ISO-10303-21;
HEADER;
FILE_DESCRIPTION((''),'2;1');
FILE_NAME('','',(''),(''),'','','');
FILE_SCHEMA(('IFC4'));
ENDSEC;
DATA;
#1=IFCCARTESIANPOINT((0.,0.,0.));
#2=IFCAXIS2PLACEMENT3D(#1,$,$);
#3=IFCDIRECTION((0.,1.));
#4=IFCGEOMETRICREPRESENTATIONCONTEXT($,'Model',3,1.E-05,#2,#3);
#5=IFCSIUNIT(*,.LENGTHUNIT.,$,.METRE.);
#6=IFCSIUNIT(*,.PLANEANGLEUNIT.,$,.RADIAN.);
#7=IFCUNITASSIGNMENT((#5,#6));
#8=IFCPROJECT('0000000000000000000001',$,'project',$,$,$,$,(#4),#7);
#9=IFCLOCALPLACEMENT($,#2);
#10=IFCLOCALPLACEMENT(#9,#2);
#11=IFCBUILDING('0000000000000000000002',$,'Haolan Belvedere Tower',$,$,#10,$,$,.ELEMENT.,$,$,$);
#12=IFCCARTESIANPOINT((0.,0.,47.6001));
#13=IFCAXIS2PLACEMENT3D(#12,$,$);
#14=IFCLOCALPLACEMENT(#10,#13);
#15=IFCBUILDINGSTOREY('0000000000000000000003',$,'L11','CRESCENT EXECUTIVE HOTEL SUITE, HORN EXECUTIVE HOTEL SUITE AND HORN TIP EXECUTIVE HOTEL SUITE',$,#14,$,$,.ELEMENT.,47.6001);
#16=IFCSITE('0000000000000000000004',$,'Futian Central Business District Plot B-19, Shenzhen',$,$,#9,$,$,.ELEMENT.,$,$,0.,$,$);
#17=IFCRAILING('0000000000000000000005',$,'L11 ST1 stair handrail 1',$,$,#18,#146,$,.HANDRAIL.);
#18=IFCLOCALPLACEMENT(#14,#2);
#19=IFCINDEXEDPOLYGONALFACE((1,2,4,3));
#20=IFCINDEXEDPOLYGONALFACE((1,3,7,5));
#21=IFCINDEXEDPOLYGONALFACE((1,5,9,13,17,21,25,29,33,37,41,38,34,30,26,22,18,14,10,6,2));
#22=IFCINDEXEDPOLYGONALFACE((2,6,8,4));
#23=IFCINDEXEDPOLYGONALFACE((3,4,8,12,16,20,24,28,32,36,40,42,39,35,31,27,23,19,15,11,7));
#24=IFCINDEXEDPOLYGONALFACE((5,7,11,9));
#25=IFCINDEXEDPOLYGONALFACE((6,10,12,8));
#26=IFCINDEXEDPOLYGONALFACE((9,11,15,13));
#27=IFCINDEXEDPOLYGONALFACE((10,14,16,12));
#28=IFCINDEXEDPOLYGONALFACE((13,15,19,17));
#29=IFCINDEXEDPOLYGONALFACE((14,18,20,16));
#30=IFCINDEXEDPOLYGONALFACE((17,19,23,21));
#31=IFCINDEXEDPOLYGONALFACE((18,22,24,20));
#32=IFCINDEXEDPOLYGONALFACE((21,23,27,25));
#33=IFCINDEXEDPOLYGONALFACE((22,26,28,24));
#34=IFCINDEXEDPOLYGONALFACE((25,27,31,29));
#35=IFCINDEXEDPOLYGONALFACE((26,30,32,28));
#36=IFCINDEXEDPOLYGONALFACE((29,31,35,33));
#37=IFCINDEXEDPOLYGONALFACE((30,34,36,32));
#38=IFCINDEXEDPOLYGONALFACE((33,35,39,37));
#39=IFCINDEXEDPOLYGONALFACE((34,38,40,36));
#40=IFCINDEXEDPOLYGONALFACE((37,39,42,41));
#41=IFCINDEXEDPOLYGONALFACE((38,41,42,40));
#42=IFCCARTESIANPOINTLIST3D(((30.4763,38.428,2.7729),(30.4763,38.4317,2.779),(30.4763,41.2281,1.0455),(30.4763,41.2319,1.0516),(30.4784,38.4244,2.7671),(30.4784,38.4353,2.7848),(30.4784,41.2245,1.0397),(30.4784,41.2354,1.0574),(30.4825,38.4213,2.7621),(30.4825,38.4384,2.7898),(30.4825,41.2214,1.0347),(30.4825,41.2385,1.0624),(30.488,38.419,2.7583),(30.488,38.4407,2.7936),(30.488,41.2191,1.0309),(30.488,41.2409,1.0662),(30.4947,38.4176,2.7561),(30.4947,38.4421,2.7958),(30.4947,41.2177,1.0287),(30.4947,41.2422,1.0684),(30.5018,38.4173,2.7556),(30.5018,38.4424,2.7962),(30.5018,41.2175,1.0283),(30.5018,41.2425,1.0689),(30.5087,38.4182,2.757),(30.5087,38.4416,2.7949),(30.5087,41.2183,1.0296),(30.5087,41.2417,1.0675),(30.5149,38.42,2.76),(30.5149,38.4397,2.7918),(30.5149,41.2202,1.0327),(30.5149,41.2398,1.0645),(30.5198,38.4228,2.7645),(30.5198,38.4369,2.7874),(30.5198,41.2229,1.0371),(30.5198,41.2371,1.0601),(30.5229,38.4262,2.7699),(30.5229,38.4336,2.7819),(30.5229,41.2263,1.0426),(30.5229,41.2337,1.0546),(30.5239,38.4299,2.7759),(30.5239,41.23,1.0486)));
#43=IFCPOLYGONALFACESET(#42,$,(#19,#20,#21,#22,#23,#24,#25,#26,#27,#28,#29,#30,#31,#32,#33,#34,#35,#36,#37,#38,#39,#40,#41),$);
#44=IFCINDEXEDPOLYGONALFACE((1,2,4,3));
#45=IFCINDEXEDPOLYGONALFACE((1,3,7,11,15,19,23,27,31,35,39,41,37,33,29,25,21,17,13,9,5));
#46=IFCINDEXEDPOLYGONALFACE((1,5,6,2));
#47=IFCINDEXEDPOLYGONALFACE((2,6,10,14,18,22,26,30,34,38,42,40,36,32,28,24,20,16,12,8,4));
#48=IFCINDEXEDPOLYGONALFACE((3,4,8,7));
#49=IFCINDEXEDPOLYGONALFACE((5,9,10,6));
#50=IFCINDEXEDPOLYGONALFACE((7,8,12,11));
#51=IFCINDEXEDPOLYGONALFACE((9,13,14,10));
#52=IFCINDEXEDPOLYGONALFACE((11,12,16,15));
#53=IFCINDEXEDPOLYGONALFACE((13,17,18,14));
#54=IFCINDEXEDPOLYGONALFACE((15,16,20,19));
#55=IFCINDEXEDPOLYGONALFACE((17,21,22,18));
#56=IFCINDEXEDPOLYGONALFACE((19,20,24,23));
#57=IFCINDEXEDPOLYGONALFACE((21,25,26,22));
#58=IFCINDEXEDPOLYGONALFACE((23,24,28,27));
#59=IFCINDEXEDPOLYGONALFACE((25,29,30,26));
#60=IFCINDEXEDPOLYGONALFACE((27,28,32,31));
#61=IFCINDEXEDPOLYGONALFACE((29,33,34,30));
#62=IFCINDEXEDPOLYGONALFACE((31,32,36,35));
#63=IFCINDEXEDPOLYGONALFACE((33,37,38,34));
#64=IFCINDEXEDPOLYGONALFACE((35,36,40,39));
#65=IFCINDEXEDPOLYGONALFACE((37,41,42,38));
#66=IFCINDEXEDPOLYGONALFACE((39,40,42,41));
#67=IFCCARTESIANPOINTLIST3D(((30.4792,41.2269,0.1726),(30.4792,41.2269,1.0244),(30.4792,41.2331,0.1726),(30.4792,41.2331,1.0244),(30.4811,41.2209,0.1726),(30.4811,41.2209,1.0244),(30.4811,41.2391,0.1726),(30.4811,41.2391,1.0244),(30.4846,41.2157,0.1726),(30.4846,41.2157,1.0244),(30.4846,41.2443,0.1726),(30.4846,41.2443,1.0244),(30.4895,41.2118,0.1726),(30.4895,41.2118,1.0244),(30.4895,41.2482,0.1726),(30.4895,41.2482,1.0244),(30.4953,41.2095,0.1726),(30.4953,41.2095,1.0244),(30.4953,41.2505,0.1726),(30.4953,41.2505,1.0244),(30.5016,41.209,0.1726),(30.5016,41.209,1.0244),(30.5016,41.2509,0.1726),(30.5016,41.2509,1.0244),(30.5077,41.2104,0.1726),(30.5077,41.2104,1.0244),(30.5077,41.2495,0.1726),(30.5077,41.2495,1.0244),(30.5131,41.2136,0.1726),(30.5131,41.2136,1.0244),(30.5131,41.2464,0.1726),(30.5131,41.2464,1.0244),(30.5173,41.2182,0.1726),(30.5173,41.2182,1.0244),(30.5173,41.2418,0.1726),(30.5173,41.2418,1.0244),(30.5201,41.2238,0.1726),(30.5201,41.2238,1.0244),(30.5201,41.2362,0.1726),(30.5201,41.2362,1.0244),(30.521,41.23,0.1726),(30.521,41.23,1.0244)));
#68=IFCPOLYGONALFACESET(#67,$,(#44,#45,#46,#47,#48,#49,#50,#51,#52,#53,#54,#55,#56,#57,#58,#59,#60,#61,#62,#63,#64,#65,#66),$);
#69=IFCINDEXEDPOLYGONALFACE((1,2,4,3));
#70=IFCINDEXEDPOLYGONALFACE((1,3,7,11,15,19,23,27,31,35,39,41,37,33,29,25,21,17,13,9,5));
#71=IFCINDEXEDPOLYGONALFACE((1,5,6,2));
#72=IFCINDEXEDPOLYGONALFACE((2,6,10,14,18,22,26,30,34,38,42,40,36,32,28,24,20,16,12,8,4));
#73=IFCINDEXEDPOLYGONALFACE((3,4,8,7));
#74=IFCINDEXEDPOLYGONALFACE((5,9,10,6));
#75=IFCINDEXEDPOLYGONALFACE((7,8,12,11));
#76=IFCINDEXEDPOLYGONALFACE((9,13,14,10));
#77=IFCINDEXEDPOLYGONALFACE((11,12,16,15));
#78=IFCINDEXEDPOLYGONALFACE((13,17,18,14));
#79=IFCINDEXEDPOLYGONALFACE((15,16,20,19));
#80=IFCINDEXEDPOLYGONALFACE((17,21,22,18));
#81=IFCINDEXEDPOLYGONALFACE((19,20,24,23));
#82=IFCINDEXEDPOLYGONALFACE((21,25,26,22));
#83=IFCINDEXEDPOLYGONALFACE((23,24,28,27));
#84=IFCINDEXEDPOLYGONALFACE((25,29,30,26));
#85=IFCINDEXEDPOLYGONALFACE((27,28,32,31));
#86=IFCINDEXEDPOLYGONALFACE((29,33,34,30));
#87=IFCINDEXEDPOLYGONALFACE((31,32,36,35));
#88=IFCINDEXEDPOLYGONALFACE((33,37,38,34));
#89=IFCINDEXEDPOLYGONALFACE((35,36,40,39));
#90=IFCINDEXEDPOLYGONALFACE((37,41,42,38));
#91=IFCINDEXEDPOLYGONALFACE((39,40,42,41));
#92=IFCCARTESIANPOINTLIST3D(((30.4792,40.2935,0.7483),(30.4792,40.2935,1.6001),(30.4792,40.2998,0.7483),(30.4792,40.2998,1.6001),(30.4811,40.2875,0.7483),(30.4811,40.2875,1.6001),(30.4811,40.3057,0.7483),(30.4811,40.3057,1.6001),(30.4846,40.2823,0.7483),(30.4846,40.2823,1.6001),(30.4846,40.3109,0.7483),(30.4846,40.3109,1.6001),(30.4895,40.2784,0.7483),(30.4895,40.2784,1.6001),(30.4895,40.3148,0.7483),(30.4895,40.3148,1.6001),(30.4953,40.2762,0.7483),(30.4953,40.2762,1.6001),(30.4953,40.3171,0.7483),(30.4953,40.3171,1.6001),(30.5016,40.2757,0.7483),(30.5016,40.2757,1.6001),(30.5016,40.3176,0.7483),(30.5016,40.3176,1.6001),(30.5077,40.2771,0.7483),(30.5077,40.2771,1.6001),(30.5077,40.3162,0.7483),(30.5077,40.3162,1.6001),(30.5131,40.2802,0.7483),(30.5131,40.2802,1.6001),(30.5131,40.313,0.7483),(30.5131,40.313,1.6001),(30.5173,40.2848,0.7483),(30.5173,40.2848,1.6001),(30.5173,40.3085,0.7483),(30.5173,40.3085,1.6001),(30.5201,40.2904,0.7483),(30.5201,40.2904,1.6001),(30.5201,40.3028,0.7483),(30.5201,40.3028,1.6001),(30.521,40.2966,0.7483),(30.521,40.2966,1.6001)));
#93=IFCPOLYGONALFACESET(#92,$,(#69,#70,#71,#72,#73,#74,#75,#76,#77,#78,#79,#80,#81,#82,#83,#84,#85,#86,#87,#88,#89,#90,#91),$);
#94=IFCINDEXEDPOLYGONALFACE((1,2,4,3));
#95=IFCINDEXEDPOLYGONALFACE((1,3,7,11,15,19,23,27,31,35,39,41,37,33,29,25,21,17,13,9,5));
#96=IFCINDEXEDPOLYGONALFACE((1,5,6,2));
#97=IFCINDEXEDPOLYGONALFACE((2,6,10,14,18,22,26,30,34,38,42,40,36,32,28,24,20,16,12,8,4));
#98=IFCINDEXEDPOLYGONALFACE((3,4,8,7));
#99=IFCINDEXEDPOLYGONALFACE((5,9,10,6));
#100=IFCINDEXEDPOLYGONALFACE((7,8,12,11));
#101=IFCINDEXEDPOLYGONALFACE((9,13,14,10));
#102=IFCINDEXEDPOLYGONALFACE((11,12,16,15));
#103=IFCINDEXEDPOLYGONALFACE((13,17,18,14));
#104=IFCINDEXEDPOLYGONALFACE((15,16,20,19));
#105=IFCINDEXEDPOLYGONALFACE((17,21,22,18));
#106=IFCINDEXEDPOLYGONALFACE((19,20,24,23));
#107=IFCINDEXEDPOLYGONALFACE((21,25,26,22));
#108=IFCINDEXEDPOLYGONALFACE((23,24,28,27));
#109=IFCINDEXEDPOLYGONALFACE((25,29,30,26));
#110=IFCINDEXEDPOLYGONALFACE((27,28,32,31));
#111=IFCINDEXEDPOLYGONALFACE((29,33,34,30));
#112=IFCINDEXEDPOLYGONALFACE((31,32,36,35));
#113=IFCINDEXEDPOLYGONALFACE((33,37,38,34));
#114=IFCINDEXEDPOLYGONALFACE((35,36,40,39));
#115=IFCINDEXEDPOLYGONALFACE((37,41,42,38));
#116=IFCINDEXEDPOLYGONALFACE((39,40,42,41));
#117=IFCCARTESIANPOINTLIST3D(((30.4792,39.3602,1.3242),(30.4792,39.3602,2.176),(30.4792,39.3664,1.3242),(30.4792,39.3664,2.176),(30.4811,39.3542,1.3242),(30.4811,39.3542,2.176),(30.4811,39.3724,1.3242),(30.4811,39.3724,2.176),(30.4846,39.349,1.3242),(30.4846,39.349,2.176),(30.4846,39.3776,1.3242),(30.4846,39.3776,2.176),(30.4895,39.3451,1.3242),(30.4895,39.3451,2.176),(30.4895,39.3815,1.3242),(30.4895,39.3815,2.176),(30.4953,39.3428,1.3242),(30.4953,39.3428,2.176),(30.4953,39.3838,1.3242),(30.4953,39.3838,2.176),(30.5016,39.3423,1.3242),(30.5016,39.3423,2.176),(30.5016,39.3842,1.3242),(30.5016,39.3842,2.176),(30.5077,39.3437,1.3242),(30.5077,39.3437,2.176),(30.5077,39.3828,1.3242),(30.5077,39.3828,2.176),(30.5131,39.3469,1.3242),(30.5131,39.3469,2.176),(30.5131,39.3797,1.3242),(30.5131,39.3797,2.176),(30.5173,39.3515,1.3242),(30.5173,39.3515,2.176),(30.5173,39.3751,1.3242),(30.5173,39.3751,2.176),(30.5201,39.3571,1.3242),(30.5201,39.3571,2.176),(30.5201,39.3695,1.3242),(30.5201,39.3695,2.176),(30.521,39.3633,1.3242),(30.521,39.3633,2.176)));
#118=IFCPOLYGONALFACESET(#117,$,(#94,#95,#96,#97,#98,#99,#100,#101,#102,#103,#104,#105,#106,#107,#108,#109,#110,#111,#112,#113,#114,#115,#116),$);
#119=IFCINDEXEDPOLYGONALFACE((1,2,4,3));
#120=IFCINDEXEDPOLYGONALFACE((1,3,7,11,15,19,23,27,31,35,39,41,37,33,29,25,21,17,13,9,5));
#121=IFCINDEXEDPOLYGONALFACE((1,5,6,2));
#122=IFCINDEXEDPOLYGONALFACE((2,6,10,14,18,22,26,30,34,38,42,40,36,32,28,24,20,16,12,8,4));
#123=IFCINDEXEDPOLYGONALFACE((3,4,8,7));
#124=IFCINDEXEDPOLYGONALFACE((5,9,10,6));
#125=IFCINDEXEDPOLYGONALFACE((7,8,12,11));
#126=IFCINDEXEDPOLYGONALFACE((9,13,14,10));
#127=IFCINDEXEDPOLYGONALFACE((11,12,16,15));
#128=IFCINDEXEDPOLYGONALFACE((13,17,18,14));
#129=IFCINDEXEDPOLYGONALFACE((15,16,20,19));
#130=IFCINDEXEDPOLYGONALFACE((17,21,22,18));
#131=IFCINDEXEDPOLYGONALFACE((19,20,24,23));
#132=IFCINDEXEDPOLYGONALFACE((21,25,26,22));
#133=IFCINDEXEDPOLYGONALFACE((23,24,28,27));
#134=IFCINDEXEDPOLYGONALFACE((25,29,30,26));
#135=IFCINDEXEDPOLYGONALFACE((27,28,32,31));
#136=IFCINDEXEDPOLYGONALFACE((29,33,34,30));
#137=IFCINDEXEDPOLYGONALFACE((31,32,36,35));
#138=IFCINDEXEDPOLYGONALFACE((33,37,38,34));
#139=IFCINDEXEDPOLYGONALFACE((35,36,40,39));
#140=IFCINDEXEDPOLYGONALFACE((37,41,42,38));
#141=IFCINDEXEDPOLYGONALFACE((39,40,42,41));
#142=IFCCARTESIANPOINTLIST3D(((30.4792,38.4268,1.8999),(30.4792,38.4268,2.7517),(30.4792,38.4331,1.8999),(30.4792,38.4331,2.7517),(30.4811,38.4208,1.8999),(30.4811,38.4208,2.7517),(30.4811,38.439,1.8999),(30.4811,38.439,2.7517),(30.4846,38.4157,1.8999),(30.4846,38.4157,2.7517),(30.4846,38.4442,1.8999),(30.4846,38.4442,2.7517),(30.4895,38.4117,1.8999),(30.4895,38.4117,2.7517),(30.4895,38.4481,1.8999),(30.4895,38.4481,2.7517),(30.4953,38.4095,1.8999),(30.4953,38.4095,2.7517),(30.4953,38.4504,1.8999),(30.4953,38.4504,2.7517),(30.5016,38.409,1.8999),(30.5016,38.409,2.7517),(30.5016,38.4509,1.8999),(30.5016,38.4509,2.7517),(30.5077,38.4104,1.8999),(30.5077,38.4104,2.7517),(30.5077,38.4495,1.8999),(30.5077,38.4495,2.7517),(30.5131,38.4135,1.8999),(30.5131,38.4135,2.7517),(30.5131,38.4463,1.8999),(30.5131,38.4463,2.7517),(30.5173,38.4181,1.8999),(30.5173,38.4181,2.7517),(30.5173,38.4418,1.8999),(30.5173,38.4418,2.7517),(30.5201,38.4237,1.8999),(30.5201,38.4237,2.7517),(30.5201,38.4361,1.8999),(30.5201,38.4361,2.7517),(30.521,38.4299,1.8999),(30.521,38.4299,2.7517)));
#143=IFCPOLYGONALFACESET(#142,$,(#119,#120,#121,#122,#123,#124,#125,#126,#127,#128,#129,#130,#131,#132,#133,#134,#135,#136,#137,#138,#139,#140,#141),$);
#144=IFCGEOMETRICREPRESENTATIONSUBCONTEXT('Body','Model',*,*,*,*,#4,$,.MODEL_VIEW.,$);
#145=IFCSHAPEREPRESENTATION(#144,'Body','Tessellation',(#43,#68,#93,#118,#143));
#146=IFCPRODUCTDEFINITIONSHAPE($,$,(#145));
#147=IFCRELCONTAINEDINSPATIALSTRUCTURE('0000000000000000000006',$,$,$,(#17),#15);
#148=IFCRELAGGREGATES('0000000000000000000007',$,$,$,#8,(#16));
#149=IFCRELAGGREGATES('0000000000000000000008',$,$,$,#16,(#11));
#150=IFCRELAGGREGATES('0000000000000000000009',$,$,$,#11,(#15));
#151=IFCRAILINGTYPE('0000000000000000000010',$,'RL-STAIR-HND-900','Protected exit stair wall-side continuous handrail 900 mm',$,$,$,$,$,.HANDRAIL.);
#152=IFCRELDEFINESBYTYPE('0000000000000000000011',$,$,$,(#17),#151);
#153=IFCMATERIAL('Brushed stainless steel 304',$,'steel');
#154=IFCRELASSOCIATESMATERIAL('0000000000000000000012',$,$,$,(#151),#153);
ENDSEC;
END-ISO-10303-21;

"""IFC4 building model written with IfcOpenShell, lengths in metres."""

from ifc_helpers import new_model, si_unit, direction, frame, origin, origin_2d, place, context, subcontext, project, spatial, circle, extrude, material, type_object, element, save


model = new_model("IFC4")

# Units and contexts
model_context = context("Model", 3, precision=1e-05, world=origin(), true_north=direction((0.0, 1.0)))
body_context = subcontext(model_context, "Body", "Model", "MODEL_VIEW")
ifc_project = project(units=[si_unit("LENGTHUNIT", "METRE"), si_unit("PLANEANGLEUNIT", "RADIAN")], contexts=[model_context])

# Site, building, storey
site_placement = place(None, origin())
site = spatial("IfcSite", under=ifc_project, at=site_placement, Name="Futian Central Business District Plot B-19, Shenzhen", CompositionType="ELEMENT", RefElevation=0.0)
building_placement = place(site_placement, origin())
building = spatial("IfcBuilding", under=site, at=building_placement, Name="Haolan Belvedere Tower", CompositionType="ELEMENT")
storey_placement = place(building_placement, frame((0.0, 0.0, 47.6001)))
storey = spatial("IfcBuildingStorey", under=building, at=storey_placement, Name="L11", Description="CRESCENT EXECUTIVE HOTEL SUITE, HORN EXECUTIVE HOTEL SUITE AND HORN TIP EXECUTIVE HOTEL SUITE", CompositionType="ELEMENT", Elevation=47.6001)

# Railing
ifc_material_1 = material(Name="Brushed stainless steel 304", Category="steel")
railing_type_1 = type_object("IfcRailingType", Name="RL-STAIR-HND-900", Description="Protected exit stair wall-side continuous handrail 900 mm", PredefinedType="HANDRAIL", material=ifc_material_1)
for number, where, name in (
    (1, (30.5, 41.23, 0.1726), "L11 ST1 stair handrail 1"),
):
    element("IfcRailing", number, at=place(storey_placement, frame(where)), inside=storey, type_object=railing_type_1, Name=name, PredefinedType="HANDRAIL", context=body_context, shape_type="SweptSolid", body=[
        extrude(circle(Radius=0.0239, at=origin_2d()), frame((0.0, 0.0, 0.876), z_axis=(0.0, -0.85109, 0.52502), x_axis=(1.0, 0.0, 0.0)), (0.0, 0.0, 1.0), 3.29),
        extrude(circle(Radius=0.021, at=origin_2d()), origin(), (0.0, 0.0, 1.0), 0.8518),
        extrude(circle(Radius=0.021, at=origin_2d()), frame((0.0, -0.9333, 0.5757)), (0.0, 0.0, 1.0), 0.8518),
        extrude(circle(Radius=0.021, at=origin_2d()), frame((0.0, -1.8667, 1.1516)), (0.0, 0.0, 1.0), 0.8518),
        extrude(circle(Radius=0.021, at=origin_2d()), frame((0.0, -2.8, 1.7273)), (0.0, 0.0, 1.0), 0.8518),
    ])

save(model, "model.ifc")
